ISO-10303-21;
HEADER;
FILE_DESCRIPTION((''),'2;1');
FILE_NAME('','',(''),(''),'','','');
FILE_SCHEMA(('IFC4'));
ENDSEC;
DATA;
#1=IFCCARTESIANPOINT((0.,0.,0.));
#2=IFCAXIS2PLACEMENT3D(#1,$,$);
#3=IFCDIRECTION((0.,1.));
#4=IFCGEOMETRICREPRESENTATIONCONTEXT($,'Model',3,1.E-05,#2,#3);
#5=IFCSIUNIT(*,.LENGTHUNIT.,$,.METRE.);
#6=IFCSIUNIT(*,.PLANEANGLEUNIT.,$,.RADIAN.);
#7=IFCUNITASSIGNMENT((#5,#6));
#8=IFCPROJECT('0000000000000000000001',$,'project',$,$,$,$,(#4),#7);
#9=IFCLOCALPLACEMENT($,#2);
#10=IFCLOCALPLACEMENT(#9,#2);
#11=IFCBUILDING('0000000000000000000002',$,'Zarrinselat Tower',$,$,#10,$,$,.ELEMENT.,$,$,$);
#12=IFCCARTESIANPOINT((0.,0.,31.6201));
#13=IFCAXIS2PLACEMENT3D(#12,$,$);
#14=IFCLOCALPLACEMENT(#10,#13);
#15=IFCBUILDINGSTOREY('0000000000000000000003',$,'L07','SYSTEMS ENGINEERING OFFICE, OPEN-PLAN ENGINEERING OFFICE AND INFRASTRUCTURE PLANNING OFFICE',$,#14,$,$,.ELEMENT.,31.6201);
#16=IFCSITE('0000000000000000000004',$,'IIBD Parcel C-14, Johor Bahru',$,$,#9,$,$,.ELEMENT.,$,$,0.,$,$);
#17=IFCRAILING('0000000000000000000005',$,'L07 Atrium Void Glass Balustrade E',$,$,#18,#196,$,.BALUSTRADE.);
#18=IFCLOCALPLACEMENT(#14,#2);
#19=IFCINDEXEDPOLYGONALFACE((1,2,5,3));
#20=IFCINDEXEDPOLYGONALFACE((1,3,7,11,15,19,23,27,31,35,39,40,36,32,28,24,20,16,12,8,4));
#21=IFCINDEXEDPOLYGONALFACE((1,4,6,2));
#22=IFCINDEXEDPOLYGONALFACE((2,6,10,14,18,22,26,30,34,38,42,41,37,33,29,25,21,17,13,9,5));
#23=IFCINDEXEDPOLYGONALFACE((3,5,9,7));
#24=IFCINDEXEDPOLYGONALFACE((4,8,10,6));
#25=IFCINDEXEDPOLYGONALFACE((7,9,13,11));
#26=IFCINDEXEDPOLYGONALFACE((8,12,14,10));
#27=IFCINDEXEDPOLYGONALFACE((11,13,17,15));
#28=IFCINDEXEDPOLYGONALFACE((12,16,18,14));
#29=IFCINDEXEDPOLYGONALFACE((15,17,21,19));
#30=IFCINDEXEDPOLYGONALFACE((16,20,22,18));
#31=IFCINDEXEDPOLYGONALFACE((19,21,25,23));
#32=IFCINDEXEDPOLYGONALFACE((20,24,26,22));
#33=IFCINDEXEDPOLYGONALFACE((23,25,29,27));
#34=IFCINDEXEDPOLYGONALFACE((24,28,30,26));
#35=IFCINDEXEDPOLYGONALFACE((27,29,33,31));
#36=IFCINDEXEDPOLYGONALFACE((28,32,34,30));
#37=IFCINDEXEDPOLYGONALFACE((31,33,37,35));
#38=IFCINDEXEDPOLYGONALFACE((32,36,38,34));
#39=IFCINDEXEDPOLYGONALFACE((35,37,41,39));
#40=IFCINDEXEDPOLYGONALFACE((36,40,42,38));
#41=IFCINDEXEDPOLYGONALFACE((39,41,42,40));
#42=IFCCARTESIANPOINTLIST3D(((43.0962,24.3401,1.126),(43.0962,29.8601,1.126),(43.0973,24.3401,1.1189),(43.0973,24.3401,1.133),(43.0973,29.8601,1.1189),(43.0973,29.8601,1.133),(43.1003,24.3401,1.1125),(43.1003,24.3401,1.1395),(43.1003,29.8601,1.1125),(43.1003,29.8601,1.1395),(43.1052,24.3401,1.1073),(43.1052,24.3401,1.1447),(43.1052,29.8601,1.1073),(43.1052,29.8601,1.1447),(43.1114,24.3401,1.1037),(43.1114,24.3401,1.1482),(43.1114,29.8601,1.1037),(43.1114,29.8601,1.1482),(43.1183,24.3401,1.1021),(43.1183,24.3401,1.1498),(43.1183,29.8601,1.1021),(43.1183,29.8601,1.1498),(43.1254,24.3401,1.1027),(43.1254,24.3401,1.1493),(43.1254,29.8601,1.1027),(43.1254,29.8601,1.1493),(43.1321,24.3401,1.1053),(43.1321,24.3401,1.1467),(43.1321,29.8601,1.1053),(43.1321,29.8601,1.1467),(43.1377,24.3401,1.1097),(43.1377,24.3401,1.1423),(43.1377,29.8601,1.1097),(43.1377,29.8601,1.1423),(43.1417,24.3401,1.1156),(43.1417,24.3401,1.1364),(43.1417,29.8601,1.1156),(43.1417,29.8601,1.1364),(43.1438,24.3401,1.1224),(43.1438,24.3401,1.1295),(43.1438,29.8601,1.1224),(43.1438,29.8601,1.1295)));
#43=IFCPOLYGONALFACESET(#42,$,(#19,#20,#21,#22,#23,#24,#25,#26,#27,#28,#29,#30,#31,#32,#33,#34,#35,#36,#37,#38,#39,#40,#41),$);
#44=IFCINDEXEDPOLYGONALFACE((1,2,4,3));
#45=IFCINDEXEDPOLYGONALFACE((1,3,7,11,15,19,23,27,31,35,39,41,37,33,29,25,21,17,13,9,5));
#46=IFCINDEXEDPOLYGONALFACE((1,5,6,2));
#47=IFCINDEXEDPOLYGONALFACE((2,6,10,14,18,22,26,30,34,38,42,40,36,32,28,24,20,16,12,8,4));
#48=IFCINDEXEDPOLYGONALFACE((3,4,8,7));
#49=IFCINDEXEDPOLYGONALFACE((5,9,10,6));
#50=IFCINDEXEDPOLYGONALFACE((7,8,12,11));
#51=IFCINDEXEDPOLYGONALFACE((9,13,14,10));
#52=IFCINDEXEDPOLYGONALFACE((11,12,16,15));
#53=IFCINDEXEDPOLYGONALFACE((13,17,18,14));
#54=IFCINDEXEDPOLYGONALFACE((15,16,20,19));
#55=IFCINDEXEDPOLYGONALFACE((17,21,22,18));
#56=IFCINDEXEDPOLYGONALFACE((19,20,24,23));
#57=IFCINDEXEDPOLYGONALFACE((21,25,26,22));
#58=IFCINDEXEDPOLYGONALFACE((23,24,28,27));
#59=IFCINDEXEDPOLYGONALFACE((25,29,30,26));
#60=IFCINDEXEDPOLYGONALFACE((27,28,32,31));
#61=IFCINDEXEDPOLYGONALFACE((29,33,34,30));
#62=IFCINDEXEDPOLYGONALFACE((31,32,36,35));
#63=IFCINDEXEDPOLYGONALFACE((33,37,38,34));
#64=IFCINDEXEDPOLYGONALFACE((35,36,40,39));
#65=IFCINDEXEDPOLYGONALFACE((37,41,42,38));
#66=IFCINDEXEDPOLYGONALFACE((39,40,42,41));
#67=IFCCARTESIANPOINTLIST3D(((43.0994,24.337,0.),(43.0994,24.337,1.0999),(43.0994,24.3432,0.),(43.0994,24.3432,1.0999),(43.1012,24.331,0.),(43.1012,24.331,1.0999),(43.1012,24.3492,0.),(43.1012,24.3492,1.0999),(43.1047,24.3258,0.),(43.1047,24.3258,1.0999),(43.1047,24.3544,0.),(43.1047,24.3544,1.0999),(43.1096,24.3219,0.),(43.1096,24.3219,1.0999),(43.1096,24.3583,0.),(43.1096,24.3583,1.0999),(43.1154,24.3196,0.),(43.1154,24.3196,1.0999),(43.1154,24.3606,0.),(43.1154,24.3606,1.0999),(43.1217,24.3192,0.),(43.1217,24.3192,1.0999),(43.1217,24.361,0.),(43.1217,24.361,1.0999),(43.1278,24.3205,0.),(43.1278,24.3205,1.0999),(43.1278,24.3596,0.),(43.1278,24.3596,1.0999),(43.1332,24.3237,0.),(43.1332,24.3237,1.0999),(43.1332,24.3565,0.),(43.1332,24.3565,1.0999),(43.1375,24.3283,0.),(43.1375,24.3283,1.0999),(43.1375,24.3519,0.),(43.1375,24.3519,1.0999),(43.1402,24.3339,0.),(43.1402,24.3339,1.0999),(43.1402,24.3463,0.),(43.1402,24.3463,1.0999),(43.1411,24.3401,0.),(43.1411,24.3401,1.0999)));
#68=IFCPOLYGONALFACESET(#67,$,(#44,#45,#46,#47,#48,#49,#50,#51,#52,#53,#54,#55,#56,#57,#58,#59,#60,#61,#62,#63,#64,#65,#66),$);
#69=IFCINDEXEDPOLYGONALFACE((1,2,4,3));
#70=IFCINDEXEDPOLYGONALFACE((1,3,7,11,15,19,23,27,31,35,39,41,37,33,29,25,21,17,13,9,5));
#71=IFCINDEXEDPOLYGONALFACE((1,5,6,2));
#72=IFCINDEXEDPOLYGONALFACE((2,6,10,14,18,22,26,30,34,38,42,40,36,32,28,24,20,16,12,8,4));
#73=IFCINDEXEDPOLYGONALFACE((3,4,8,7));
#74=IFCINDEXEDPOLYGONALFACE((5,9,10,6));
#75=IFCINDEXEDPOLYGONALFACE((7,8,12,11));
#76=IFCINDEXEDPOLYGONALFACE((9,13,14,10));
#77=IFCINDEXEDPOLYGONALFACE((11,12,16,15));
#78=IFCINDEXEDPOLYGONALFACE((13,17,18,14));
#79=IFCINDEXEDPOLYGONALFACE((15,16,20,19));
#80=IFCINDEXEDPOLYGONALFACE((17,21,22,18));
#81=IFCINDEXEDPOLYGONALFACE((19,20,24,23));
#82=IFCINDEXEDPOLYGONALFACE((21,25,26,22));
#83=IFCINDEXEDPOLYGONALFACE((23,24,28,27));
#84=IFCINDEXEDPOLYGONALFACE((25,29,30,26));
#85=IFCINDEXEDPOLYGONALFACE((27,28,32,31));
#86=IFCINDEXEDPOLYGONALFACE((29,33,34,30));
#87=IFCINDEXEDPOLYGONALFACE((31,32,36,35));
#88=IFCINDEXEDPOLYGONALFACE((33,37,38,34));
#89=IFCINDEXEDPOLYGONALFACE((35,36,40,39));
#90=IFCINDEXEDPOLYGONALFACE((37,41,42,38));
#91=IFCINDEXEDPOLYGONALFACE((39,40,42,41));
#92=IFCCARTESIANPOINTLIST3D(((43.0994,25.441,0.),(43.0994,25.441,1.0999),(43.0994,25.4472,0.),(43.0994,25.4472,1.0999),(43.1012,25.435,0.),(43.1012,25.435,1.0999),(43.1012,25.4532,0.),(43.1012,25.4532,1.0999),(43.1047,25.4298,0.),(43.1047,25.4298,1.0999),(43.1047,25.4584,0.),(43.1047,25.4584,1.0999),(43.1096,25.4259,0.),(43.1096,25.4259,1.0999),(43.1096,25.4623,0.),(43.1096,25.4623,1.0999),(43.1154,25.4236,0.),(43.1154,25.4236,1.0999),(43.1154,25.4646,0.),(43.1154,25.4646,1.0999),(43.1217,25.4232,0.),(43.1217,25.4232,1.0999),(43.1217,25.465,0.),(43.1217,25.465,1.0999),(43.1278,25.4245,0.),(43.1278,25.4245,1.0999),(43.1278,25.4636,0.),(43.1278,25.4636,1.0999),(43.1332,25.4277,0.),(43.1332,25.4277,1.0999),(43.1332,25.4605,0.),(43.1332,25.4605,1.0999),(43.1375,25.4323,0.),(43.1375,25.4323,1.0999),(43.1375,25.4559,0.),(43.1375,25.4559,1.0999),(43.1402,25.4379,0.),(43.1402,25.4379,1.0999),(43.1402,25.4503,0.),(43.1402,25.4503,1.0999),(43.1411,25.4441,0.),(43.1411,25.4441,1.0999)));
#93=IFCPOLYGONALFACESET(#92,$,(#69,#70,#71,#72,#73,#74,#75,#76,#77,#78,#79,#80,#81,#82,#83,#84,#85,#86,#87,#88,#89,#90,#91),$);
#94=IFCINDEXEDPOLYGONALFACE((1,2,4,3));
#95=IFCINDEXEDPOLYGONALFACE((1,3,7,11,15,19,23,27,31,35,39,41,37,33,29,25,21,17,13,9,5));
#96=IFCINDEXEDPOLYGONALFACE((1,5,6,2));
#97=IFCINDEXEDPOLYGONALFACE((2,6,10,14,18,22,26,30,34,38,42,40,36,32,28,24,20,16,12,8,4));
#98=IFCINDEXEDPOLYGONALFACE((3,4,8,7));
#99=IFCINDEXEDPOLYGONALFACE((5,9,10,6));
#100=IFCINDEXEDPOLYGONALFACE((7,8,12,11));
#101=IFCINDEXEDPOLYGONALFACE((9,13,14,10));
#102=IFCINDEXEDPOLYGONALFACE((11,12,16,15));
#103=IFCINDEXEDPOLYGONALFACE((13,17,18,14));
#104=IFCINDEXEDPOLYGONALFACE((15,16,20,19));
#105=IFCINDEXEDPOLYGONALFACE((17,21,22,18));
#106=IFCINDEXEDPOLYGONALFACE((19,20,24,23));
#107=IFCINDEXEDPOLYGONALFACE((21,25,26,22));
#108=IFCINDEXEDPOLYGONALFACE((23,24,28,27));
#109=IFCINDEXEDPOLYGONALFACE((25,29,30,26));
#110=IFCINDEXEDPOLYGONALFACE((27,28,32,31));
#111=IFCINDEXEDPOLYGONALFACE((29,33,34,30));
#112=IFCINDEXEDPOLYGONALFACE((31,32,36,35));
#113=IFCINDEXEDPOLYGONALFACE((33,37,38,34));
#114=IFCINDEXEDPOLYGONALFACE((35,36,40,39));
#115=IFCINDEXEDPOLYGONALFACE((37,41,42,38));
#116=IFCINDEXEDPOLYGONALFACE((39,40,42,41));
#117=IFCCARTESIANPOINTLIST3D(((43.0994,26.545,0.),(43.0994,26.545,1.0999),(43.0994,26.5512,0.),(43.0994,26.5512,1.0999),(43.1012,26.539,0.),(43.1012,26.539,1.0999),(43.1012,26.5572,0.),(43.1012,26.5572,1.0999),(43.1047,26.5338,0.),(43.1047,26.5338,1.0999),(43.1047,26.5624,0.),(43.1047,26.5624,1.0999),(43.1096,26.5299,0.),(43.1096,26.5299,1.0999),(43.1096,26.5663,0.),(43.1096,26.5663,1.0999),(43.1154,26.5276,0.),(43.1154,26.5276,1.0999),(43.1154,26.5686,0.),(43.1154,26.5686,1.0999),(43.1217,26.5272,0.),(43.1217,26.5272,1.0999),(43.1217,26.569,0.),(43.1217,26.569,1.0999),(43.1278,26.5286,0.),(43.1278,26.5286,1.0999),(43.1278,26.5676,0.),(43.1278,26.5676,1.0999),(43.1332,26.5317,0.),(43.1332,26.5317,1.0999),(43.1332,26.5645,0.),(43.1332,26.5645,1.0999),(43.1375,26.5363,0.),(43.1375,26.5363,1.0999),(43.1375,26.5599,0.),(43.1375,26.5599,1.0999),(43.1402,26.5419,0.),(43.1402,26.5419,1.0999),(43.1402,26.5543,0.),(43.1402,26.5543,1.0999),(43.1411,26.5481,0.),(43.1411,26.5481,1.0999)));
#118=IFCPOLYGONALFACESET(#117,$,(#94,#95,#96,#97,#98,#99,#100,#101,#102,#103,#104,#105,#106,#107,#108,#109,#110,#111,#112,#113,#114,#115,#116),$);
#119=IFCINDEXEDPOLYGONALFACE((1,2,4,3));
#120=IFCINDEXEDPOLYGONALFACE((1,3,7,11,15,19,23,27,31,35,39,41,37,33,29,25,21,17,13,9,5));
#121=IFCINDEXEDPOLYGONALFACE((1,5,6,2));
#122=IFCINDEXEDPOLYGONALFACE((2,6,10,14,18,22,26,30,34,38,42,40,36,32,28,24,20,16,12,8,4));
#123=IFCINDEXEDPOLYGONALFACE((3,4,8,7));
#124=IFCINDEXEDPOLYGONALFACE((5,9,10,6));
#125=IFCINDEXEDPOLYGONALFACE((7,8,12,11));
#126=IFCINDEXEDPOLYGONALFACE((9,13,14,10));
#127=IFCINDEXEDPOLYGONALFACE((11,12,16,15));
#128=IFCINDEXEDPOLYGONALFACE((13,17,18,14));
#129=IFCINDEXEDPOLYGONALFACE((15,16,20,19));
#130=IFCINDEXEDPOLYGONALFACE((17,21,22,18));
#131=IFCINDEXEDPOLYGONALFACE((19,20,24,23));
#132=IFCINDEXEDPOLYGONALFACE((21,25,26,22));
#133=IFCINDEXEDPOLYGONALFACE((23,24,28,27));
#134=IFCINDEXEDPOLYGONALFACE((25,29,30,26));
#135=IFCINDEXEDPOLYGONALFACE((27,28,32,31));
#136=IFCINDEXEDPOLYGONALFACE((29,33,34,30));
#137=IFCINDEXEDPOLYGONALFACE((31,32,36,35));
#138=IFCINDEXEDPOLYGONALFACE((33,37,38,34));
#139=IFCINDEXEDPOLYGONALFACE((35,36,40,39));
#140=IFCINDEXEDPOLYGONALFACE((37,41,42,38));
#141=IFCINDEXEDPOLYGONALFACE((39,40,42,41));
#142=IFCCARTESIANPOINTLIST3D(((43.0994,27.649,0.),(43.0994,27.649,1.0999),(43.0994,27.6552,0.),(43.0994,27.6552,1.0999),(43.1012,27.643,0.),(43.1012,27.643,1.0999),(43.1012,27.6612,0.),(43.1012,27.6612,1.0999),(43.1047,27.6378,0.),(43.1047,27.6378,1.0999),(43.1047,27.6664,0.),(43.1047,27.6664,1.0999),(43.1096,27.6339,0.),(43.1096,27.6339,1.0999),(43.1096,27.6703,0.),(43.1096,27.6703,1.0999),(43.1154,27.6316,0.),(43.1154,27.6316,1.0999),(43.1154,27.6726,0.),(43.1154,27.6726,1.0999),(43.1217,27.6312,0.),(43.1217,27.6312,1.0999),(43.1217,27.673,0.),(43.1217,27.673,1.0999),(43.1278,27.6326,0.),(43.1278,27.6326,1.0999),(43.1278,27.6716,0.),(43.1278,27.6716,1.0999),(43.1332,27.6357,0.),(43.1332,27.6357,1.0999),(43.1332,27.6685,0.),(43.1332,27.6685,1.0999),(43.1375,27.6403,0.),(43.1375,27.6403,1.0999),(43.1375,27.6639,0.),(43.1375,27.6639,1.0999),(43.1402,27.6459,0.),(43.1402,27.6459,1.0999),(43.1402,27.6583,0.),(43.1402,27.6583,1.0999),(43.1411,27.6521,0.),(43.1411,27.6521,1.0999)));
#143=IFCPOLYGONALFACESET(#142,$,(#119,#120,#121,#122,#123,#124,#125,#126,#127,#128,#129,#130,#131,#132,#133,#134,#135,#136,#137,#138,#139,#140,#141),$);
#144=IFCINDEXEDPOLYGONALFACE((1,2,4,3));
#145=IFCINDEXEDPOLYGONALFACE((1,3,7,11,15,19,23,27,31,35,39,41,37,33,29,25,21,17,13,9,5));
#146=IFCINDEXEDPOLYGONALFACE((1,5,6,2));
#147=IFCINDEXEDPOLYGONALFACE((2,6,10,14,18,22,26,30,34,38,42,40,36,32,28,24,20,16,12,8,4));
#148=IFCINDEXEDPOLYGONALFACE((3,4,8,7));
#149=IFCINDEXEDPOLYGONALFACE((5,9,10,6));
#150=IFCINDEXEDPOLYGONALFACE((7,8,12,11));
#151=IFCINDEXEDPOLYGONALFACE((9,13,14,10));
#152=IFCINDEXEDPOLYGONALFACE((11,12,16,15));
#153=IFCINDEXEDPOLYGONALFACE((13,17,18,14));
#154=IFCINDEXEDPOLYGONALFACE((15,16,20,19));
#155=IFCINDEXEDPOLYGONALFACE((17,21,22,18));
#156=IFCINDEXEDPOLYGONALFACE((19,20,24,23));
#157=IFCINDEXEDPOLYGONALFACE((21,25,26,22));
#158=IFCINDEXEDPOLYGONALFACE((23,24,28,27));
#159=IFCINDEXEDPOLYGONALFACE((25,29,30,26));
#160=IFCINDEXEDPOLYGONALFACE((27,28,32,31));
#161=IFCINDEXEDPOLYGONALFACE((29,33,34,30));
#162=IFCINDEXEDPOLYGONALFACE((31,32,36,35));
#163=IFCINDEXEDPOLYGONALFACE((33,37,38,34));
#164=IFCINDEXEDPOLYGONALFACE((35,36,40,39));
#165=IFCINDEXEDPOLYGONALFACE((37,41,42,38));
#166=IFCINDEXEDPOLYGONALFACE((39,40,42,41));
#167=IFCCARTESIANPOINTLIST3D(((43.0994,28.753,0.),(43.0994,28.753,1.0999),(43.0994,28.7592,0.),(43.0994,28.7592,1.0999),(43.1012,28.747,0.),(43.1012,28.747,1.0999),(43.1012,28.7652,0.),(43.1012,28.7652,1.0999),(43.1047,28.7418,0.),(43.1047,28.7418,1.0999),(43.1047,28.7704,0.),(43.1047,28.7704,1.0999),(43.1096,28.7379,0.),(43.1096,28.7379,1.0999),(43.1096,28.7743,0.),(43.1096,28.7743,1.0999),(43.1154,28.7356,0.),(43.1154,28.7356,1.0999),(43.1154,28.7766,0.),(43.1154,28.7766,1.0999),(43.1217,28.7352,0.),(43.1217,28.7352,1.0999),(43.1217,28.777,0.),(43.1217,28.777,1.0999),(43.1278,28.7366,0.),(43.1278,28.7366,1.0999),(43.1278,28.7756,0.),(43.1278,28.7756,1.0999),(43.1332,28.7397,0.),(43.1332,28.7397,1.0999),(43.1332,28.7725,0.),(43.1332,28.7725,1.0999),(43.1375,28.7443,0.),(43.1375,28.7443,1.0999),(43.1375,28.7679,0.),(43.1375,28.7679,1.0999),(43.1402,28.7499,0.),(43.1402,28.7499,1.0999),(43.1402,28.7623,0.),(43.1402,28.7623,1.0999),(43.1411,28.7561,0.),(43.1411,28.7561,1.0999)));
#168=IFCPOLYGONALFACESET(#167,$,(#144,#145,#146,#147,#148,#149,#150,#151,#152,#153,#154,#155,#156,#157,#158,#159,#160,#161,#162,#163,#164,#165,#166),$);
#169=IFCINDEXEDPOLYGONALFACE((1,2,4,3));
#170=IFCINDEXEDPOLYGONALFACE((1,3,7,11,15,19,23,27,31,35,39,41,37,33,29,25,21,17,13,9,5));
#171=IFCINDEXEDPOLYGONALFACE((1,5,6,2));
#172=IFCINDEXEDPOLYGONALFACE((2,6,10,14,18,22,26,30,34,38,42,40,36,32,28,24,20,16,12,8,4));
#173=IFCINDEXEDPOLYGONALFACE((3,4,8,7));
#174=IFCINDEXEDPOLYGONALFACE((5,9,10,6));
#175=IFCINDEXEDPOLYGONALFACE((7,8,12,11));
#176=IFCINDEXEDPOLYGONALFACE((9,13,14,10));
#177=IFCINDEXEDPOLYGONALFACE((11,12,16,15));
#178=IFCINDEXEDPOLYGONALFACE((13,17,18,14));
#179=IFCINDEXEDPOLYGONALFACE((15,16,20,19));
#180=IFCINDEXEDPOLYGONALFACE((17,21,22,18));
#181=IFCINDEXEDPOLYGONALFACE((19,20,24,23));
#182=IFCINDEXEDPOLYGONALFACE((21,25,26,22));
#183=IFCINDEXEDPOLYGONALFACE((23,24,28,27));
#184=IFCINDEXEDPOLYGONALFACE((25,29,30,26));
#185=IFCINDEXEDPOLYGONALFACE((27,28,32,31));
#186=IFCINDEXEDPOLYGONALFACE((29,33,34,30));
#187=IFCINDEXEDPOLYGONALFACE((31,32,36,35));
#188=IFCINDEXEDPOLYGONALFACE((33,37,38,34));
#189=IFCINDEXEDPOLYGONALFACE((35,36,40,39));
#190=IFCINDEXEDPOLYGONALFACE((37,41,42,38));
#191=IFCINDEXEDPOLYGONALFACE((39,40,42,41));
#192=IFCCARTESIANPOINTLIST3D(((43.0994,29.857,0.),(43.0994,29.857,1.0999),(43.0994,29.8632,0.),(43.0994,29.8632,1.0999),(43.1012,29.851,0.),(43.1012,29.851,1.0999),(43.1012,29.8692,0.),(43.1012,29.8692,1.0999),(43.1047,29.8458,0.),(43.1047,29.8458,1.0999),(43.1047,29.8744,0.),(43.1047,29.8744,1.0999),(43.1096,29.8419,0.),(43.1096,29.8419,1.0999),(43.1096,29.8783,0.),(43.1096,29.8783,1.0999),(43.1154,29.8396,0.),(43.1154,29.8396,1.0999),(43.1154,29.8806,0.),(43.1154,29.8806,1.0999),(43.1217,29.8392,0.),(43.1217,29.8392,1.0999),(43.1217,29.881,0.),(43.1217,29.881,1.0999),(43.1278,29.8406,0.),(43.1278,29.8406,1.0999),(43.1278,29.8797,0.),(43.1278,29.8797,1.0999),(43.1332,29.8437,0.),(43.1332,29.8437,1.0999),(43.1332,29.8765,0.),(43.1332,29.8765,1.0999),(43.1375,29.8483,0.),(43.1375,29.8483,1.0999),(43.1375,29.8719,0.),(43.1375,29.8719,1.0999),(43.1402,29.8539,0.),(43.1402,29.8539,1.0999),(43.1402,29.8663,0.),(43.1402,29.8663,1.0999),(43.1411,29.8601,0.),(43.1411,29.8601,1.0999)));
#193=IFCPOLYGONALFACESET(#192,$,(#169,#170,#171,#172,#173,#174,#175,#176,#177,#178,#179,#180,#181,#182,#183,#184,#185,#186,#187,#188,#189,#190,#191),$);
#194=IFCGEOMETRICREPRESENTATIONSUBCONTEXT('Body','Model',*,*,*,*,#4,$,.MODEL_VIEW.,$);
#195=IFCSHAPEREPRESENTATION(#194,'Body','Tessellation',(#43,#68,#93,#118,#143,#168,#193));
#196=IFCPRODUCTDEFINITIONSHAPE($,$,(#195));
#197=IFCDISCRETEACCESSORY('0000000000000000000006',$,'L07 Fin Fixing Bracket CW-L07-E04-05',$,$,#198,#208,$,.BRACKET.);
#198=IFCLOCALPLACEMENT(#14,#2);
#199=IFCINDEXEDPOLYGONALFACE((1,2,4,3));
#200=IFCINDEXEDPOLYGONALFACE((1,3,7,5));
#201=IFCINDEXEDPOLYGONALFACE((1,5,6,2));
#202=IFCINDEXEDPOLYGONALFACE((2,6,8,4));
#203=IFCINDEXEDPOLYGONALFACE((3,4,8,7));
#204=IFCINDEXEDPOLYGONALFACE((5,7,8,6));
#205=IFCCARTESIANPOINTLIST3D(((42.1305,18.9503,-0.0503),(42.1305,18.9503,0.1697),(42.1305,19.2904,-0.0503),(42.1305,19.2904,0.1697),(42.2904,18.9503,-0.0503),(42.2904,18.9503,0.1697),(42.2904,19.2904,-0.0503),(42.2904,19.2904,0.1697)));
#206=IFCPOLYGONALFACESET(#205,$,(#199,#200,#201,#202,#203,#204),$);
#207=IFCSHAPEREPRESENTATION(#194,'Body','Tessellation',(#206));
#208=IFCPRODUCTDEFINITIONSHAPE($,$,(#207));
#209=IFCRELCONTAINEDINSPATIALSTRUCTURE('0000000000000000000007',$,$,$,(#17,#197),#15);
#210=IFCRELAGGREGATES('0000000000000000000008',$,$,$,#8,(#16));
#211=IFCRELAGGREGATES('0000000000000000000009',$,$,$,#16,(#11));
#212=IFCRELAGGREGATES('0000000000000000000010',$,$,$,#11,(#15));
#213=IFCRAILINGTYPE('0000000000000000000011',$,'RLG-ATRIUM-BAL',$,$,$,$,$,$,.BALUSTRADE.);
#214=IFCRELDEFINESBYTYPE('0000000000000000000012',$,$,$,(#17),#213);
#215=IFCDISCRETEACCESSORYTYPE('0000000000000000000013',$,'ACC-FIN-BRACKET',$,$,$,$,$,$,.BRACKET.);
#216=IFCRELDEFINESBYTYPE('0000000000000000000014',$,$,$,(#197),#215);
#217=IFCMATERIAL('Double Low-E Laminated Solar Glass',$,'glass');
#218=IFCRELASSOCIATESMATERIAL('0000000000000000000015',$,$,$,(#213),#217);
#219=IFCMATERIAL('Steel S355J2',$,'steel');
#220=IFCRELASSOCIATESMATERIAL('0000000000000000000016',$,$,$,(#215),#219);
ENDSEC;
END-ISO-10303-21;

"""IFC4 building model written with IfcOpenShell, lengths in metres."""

from ifc_helpers import new_model, si_unit, direction, frame, origin, origin_2d, place, context, subcontext, project, spatial, rectangle, circle, extrude, material, type_object, element, save


model = new_model("IFC4")

# Units and contexts
model_context = context("Model", 3, precision=1e-05, world=origin(), true_north=direction((0.0, 1.0)))
body_context = subcontext(model_context, "Body", "Model", "MODEL_VIEW")
ifc_project = project(units=[si_unit("LENGTHUNIT", "METRE"), si_unit("PLANEANGLEUNIT", "RADIAN")], contexts=[model_context])

# Site, building, storey
site_placement = place(None, origin())
site = spatial("IfcSite", under=ifc_project, at=site_placement, Name="IIBD Parcel C-14, Johor Bahru", CompositionType="ELEMENT", RefElevation=0.0)
building_placement = place(site_placement, origin())
building = spatial("IfcBuilding", under=site, at=building_placement, Name="Zarrinselat Tower", CompositionType="ELEMENT")
storey_placement = place(building_placement, frame((0.0, 0.0, 31.6201)))
storey = spatial("IfcBuildingStorey", under=building, at=storey_placement, Name="L07", Description="SYSTEMS ENGINEERING OFFICE, OPEN-PLAN ENGINEERING OFFICE AND INFRASTRUCTURE PLANNING OFFICE", CompositionType="ELEMENT", Elevation=31.6201)

# Railing
ifc_material_1 = material(Name="Double Low-E Laminated Solar Glass", Category="glass")
railing_type = type_object("IfcRailingType", Name="RLG-ATRIUM-BAL", PredefinedType="BALUSTRADE", material=ifc_material_1)
railing_1_placement = place(storey_placement, frame((43.1201, 24.3401, 0.0)))
element("IfcRailing", 1, at=railing_1_placement, inside=storey, type_object=railing_type, Name="L07 Atrium Void Glass Balustrade E", PredefinedType="BALUSTRADE", context=body_context, shape_type="SweptSolid", body=[
    extrude(circle(Radius=0.0239, at=origin_2d()), frame((0.0, 0.0, 1.126), z_axis=(0.0, 1.0, 0.0), x_axis=(-1.0, 0.0, 0.0)), (0.0, 0.0, 1.0), 5.52),
    extrude(circle(Radius=0.021, at=origin_2d()), origin(), (0.0, 0.0, 1.0), 1.0999),
    extrude(circle(Radius=0.021, at=origin_2d()), frame((0.0, 1.104, 0.0)), (0.0, 0.0, 1.0), 1.0999),
    extrude(circle(Radius=0.021, at=origin_2d()), frame((0.0, 2.208, 0.0)), (0.0, 0.0, 1.0), 1.0999),
    extrude(circle(Radius=0.021, at=origin_2d()), frame((0.0, 3.312, 0.0)), (0.0, 0.0, 1.0), 1.0999),
    extrude(circle(Radius=0.021, at=origin_2d()), frame((0.0, 4.416, 0.0)), (0.0, 0.0, 1.0), 1.0999),
    extrude(circle(Radius=0.021, at=origin_2d()), frame((0.0, 5.52, 0.0)), (0.0, 0.0, 1.0), 1.0999),
])

# Discrete accessory
ifc_material_2 = material(Name="Steel S355J2", Category="steel")
discrete_accessory_type = type_object("IfcDiscreteAccessoryType", Name="ACC-FIN-BRACKET", PredefinedType="BRACKET", material=ifc_material_2)
discrete_accessory_placement = place(storey_placement, frame((42.2104, 19.1204, -0.0503), z_axis=(0.0, 0.0, 1.0), x_axis=(0.0, -1.0, 0.0)))
element("IfcDiscreteAccessory", 2, at=discrete_accessory_placement, inside=storey, type_object=discrete_accessory_type, Name="L07 Fin Fixing Bracket CW-L07-E04-05", PredefinedType="BRACKET", context=body_context, shape_type="SweptSolid", body=[
    extrude(rectangle(XDim=0.3401, YDim=0.1599, at=origin_2d()), origin(), (0.0, 0.0, 1.0), 0.22),
])

save(model, "model.ifc")
